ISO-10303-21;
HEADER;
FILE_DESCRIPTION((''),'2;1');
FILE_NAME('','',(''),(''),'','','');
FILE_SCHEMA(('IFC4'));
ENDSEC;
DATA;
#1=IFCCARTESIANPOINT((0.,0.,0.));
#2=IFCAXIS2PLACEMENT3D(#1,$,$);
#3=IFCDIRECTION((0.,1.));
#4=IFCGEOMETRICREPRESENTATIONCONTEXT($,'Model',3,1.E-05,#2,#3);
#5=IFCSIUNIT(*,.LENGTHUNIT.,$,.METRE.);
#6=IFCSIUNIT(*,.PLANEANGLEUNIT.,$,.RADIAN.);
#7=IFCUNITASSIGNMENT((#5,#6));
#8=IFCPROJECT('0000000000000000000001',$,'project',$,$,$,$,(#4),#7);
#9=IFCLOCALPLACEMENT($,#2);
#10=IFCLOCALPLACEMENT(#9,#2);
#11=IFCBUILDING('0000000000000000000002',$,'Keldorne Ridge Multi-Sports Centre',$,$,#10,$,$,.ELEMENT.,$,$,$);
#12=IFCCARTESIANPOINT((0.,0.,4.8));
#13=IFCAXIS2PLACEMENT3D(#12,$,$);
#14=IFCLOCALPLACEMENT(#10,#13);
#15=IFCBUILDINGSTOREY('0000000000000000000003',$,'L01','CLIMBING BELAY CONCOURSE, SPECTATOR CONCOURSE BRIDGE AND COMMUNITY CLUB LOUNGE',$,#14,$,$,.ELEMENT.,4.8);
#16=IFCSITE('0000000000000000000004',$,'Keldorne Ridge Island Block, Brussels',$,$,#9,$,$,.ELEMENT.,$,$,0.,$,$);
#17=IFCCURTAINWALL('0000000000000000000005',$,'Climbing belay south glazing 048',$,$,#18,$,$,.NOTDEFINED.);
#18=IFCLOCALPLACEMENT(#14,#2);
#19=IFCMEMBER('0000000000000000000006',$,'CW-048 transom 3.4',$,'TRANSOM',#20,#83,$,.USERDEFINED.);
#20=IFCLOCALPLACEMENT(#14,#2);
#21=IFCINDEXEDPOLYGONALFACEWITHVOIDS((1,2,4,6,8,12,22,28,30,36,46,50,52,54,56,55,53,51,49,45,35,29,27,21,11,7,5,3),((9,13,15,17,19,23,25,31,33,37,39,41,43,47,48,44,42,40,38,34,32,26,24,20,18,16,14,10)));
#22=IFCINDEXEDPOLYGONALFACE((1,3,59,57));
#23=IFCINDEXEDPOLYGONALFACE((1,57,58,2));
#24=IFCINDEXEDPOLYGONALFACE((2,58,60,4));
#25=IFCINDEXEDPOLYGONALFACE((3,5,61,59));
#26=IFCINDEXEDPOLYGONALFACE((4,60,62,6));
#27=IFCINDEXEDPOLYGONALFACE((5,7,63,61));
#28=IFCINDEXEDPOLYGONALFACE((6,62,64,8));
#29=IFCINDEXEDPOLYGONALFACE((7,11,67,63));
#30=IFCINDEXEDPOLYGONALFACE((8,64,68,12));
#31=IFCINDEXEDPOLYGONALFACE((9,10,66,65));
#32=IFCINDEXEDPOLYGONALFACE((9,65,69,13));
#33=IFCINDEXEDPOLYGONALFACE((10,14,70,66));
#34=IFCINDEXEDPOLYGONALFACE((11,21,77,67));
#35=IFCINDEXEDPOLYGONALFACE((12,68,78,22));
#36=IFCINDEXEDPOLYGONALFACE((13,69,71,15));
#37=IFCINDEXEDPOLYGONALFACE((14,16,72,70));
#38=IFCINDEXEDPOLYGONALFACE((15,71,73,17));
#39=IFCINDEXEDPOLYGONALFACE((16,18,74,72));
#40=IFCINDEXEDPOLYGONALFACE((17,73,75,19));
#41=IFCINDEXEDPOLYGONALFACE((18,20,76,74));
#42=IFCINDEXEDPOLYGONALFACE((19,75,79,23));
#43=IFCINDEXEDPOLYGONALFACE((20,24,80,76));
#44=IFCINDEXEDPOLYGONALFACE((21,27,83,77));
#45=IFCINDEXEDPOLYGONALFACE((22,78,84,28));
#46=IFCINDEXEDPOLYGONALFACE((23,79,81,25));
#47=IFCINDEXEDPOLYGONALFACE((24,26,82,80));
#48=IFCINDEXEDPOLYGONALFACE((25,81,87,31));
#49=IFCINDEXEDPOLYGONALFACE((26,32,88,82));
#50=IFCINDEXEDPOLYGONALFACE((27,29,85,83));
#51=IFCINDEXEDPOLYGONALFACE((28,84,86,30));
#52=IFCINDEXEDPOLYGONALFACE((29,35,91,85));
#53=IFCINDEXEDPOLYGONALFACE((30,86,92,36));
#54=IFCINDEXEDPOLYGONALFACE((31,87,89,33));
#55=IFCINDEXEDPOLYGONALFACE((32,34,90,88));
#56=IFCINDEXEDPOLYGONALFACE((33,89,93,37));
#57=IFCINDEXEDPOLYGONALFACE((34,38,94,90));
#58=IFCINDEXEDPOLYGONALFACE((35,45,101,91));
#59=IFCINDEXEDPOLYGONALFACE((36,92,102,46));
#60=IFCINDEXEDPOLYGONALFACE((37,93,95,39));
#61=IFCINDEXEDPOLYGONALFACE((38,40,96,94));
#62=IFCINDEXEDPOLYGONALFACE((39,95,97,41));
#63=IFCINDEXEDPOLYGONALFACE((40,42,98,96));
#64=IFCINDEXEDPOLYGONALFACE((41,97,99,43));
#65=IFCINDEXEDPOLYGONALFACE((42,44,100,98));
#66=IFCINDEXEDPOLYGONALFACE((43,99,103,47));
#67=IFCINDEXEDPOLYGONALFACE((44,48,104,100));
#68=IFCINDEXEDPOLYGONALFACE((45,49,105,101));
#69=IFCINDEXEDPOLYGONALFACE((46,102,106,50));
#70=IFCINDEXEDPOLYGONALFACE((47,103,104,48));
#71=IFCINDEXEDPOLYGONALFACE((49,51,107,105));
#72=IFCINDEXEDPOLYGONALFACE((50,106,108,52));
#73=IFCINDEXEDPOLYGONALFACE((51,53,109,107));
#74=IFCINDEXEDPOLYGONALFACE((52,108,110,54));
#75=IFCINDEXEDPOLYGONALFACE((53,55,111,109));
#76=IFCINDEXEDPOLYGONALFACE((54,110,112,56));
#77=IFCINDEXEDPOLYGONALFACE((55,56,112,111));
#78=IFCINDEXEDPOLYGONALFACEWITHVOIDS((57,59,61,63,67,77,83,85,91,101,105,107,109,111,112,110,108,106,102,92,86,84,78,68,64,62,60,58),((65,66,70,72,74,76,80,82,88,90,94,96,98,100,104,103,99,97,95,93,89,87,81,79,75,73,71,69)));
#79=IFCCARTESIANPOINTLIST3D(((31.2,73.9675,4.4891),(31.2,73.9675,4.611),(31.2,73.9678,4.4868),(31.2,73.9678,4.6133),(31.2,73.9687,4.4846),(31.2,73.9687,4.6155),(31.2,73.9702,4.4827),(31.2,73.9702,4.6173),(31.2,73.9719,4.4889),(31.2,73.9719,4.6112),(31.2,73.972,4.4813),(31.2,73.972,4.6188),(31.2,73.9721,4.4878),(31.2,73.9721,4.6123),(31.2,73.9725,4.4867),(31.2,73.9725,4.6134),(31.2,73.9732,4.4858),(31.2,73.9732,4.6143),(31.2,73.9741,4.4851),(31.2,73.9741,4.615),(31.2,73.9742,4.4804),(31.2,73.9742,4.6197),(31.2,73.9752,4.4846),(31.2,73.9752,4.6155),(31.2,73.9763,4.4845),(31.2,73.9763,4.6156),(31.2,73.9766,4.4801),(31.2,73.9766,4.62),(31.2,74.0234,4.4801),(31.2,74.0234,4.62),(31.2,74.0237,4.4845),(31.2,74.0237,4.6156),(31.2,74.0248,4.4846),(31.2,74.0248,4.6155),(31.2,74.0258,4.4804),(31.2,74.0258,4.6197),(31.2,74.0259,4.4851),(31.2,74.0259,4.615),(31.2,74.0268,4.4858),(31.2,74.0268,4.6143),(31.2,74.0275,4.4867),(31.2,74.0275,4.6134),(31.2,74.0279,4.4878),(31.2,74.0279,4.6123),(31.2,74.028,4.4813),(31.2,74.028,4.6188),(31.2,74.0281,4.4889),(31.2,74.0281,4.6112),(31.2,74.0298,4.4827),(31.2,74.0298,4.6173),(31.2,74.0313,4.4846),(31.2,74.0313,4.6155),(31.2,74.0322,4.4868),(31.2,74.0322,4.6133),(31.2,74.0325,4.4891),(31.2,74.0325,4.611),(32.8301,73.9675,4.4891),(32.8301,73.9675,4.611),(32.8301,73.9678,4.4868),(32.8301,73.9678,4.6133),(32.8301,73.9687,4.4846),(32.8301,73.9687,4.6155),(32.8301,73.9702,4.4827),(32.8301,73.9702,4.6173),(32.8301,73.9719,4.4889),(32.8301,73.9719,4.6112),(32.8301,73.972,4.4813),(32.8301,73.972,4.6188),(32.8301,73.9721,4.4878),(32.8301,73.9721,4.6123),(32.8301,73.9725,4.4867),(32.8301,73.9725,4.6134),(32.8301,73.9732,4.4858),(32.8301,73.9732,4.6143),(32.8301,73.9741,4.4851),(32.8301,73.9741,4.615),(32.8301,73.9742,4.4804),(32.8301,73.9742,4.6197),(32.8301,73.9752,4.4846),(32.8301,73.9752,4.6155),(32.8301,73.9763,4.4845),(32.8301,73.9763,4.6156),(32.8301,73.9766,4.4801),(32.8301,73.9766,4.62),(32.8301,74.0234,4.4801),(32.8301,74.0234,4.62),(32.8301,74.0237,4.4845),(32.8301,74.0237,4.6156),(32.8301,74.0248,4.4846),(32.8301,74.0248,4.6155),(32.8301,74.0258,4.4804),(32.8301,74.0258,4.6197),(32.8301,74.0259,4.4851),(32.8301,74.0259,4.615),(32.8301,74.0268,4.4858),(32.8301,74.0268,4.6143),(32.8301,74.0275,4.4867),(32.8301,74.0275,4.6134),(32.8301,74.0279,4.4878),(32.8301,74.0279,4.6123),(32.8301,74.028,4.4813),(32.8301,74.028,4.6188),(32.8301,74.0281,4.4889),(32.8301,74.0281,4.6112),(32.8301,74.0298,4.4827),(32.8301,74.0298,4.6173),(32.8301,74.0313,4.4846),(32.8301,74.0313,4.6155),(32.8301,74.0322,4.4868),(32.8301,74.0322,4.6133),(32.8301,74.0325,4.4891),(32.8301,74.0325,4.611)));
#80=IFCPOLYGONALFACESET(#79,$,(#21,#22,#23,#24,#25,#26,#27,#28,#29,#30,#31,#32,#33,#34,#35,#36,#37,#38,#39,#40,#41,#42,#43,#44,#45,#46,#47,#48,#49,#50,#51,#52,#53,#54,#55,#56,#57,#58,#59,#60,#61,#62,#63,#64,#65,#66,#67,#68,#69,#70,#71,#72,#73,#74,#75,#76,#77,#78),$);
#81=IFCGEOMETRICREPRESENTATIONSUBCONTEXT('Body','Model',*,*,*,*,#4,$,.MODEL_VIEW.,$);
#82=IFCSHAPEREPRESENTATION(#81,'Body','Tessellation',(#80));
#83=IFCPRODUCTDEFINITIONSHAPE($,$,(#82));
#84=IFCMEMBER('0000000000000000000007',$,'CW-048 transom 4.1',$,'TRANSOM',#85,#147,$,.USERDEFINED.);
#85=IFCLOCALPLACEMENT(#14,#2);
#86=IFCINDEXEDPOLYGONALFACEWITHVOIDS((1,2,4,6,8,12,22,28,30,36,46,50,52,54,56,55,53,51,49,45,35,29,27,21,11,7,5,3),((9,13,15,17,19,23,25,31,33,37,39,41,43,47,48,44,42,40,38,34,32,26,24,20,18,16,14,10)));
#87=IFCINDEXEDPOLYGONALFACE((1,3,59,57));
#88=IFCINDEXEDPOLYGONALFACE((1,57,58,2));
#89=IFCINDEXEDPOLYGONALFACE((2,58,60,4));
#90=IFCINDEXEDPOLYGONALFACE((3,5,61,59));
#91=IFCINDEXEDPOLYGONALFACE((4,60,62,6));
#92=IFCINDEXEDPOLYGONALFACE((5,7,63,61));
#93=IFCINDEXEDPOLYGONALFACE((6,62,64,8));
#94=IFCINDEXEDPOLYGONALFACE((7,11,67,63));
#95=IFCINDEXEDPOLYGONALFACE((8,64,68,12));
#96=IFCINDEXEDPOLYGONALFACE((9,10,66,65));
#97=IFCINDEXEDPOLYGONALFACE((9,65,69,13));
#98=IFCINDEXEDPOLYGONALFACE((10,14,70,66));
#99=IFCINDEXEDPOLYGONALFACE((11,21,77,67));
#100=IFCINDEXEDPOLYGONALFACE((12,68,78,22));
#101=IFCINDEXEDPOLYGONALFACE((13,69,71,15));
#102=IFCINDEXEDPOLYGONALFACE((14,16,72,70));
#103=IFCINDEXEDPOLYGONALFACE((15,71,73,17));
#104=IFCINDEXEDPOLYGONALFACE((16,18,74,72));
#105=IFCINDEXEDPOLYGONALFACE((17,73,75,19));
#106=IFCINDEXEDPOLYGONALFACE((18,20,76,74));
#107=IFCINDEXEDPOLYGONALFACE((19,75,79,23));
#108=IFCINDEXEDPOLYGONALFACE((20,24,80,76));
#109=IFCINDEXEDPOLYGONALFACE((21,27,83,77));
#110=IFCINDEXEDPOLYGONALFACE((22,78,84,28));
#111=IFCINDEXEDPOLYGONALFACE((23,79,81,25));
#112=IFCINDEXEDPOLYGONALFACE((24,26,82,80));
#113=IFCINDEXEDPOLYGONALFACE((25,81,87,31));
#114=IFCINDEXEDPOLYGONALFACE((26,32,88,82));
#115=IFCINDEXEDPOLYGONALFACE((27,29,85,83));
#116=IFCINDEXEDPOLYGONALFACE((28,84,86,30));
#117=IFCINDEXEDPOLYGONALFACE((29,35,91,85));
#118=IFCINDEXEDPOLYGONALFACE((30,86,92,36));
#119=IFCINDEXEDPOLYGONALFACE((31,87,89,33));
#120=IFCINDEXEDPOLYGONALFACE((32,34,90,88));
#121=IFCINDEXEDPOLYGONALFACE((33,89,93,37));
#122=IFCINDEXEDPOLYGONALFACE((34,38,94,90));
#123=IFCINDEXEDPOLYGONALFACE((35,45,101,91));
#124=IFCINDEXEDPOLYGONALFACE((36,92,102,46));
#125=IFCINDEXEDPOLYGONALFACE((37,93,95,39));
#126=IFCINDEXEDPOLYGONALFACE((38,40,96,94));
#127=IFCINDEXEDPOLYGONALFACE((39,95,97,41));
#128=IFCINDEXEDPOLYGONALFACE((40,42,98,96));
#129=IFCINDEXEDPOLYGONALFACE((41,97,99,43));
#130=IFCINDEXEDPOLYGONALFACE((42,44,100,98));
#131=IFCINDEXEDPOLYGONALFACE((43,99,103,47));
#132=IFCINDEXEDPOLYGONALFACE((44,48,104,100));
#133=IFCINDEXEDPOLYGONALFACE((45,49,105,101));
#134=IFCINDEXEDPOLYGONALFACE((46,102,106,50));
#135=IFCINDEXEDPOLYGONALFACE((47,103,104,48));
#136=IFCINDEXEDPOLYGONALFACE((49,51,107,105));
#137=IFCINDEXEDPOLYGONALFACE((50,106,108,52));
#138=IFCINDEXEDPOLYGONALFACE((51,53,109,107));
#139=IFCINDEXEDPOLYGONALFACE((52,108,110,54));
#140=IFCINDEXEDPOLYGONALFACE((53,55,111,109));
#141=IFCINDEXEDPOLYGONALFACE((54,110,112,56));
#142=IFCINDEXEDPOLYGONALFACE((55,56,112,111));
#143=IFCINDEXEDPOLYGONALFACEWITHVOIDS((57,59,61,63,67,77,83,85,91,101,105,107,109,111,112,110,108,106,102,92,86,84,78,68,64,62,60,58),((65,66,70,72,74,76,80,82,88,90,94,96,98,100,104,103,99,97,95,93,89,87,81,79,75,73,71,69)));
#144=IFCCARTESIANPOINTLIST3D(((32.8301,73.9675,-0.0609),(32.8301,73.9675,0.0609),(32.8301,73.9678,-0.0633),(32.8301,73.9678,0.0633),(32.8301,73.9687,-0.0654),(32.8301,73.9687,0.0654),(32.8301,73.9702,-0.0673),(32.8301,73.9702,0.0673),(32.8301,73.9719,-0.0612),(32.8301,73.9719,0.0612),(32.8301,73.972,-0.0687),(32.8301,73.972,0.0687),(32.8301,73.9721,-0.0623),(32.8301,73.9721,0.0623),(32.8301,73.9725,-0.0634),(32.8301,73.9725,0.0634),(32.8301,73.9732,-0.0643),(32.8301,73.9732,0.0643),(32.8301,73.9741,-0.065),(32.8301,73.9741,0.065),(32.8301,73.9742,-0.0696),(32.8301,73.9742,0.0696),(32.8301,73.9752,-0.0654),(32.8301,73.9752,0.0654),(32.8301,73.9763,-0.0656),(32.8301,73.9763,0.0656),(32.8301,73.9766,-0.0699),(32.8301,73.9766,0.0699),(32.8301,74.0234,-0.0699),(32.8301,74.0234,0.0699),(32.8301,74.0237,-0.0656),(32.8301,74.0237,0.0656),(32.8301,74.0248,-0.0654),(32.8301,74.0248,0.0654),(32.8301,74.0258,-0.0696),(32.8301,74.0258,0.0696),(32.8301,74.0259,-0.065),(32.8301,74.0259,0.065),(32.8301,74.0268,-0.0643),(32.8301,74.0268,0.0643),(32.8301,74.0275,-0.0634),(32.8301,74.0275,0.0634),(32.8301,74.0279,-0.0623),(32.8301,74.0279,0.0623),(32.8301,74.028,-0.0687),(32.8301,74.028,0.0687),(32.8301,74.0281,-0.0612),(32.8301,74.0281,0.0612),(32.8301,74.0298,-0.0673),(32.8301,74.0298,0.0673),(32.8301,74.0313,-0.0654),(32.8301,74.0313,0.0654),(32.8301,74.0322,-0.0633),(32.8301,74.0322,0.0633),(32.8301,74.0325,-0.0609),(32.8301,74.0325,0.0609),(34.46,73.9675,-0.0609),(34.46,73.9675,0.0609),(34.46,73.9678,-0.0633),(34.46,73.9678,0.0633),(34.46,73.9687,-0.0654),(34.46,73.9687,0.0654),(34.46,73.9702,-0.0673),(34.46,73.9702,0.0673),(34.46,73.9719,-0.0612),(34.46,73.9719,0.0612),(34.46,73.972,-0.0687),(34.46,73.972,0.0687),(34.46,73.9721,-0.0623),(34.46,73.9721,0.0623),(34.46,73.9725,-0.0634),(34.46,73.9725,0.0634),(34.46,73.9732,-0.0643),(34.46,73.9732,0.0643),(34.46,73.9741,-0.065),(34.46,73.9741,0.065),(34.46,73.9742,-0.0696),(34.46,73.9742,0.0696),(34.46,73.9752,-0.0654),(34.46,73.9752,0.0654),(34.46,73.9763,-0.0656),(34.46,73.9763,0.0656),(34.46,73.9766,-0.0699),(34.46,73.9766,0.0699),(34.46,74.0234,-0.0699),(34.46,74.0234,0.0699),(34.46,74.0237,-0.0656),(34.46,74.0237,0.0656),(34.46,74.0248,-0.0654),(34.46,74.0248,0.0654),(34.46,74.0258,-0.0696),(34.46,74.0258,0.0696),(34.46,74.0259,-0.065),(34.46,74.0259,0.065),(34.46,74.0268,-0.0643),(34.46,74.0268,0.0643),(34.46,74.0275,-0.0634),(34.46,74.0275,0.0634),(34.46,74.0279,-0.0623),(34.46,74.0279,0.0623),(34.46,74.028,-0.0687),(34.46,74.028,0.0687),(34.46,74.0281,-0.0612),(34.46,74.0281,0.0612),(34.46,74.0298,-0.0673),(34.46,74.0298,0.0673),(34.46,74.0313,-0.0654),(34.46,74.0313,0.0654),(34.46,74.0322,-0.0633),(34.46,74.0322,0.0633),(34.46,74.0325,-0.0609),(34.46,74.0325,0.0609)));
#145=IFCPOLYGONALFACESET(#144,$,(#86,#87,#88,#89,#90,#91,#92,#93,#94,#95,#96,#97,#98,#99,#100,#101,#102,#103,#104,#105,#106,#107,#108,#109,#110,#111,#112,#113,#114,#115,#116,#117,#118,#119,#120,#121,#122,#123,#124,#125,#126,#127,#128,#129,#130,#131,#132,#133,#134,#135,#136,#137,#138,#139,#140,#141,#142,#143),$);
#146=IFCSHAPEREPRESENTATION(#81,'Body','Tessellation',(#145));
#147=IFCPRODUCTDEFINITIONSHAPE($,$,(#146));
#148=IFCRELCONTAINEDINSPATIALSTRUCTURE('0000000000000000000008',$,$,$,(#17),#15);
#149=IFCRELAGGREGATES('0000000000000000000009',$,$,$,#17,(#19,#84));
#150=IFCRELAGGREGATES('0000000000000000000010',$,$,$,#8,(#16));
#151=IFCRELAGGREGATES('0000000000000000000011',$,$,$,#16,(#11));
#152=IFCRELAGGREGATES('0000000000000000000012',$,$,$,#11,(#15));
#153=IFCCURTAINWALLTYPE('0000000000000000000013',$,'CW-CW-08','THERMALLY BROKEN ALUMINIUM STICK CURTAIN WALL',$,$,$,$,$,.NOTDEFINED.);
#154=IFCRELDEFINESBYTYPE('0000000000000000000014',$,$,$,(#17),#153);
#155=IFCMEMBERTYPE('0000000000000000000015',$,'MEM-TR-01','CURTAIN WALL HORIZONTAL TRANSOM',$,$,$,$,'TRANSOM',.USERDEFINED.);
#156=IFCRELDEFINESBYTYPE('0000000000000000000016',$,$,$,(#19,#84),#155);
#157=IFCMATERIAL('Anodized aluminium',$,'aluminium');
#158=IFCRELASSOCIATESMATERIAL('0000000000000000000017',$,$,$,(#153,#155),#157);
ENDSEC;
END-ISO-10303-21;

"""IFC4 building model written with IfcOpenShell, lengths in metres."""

from ifc_helpers import new_model, si_unit, direction, frame, origin, origin_2d, place, context, subcontext, project, spatial, hollow_rectangle, extrude, material, material_profile, profile_set, type_object, element, aggregate, save


model = new_model("IFC4")

# Units and contexts
model_context = context("Model", 3, precision=1e-05, world=origin(), true_north=direction((0.0, 1.0)))
body_context = subcontext(model_context, "Body", "Model", "MODEL_VIEW")
ifc_project = project(units=[si_unit("LENGTHUNIT", "METRE"), si_unit("PLANEANGLEUNIT", "RADIAN")], contexts=[model_context])

# Site, building, storey
site_placement = place(None, origin())
site = spatial("IfcSite", under=ifc_project, at=site_placement, Name="Keldorne Ridge Island Block, Brussels", CompositionType="ELEMENT", RefElevation=0.0)
building_placement = place(site_placement, origin())
building = spatial("IfcBuilding", under=site, at=building_placement, Name="Keldorne Ridge Multi-Sports Centre", CompositionType="ELEMENT")
storey_placement = place(building_placement, frame((0.0, 0.0, 4.8)))
storey = spatial("IfcBuildingStorey", under=building, at=storey_placement, Name="L01", Description="CLIMBING BELAY CONCOURSE, SPECTATOR CONCOURSE BRIDGE AND COMMUNITY CLUB LOUNGE", CompositionType="ELEMENT", Elevation=4.8)

# Curtain wall
ifc_material_1 = material(Name="Anodized aluminium", Category="aluminium")
curtain_wall_type_1 = type_object("IfcCurtainWallType", Name="CW-CW-08", Description="THERMALLY BROKEN ALUMINIUM STICK CURTAIN WALL", PredefinedType="NOTDEFINED", material=ifc_material_1)
curtain_wall_1_placement = place(storey_placement, origin())
curtain_wall_1 = element("IfcCurtainWall", 1, at=curtain_wall_1_placement, inside=storey, type_object=curtain_wall_type_1, Name="Climbing belay south glazing 048", PredefinedType="NOTDEFINED")

# Members
ifc_material_profile_1 = material_profile(ifc_material_1, hollow_rectangle(XDim=0.0649, YDim=0.1399, WallThickness=0.0044, InnerFilletRadius=0.0044, OuterFilletRadius=0.009, at=origin_2d()), Name="ALU TRANSOM 140x65x4.5")
ifc_profile_set_1 = profile_set([ifc_material_profile_1], Name="Anodized aluminium")
member_type_1 = type_object("IfcMemberType", Name="MEM-TR-01", Description="CURTAIN WALL HORIZONTAL TRANSOM", ElementType="TRANSOM", PredefinedType="USERDEFINED", material=ifc_profile_set_1)
member_1_placement = place(storey_placement, frame((31.2, 74.0, 4.55), z_axis=(1.0, 0.0, 0.0), x_axis=(0.0, 1.0, 0.0)))
member_1 = element("IfcMember", 2, at=member_1_placement, type_object=member_type_1, Name="CW-048 transom 3.4", ObjectType="TRANSOM", PredefinedType="USERDEFINED", context=body_context, shape_type="SweptSolid", body=[
    extrude(hollow_rectangle(XDim=0.0649, YDim=0.1399, WallThickness=0.0044, InnerFilletRadius=0.0044, OuterFilletRadius=0.009, at=origin_2d()), origin(), (0.0, 0.0, 1.0), 1.6301),
])
member_2_placement = place(storey_placement, frame((32.8301, 74.0, 0.0), z_axis=(1.0, 0.0, 0.0), x_axis=(0.0, 1.0, 0.0)))
member_2 = element("IfcMember", 3, at=member_2_placement, type_object=member_type_1, Name="CW-048 transom 4.1", ObjectType="TRANSOM", PredefinedType="USERDEFINED", context=body_context, shape_type="SweptSolid", body=[
    extrude(hollow_rectangle(XDim=0.0649, YDim=0.1399, WallThickness=0.0044, InnerFilletRadius=0.0044, OuterFilletRadius=0.009, at=origin_2d()), origin(), (0.0, 0.0, 1.0), 1.6299),
])

aggregate(curtain_wall_1, [member_1, member_2])

save(model, "model.ifc")
